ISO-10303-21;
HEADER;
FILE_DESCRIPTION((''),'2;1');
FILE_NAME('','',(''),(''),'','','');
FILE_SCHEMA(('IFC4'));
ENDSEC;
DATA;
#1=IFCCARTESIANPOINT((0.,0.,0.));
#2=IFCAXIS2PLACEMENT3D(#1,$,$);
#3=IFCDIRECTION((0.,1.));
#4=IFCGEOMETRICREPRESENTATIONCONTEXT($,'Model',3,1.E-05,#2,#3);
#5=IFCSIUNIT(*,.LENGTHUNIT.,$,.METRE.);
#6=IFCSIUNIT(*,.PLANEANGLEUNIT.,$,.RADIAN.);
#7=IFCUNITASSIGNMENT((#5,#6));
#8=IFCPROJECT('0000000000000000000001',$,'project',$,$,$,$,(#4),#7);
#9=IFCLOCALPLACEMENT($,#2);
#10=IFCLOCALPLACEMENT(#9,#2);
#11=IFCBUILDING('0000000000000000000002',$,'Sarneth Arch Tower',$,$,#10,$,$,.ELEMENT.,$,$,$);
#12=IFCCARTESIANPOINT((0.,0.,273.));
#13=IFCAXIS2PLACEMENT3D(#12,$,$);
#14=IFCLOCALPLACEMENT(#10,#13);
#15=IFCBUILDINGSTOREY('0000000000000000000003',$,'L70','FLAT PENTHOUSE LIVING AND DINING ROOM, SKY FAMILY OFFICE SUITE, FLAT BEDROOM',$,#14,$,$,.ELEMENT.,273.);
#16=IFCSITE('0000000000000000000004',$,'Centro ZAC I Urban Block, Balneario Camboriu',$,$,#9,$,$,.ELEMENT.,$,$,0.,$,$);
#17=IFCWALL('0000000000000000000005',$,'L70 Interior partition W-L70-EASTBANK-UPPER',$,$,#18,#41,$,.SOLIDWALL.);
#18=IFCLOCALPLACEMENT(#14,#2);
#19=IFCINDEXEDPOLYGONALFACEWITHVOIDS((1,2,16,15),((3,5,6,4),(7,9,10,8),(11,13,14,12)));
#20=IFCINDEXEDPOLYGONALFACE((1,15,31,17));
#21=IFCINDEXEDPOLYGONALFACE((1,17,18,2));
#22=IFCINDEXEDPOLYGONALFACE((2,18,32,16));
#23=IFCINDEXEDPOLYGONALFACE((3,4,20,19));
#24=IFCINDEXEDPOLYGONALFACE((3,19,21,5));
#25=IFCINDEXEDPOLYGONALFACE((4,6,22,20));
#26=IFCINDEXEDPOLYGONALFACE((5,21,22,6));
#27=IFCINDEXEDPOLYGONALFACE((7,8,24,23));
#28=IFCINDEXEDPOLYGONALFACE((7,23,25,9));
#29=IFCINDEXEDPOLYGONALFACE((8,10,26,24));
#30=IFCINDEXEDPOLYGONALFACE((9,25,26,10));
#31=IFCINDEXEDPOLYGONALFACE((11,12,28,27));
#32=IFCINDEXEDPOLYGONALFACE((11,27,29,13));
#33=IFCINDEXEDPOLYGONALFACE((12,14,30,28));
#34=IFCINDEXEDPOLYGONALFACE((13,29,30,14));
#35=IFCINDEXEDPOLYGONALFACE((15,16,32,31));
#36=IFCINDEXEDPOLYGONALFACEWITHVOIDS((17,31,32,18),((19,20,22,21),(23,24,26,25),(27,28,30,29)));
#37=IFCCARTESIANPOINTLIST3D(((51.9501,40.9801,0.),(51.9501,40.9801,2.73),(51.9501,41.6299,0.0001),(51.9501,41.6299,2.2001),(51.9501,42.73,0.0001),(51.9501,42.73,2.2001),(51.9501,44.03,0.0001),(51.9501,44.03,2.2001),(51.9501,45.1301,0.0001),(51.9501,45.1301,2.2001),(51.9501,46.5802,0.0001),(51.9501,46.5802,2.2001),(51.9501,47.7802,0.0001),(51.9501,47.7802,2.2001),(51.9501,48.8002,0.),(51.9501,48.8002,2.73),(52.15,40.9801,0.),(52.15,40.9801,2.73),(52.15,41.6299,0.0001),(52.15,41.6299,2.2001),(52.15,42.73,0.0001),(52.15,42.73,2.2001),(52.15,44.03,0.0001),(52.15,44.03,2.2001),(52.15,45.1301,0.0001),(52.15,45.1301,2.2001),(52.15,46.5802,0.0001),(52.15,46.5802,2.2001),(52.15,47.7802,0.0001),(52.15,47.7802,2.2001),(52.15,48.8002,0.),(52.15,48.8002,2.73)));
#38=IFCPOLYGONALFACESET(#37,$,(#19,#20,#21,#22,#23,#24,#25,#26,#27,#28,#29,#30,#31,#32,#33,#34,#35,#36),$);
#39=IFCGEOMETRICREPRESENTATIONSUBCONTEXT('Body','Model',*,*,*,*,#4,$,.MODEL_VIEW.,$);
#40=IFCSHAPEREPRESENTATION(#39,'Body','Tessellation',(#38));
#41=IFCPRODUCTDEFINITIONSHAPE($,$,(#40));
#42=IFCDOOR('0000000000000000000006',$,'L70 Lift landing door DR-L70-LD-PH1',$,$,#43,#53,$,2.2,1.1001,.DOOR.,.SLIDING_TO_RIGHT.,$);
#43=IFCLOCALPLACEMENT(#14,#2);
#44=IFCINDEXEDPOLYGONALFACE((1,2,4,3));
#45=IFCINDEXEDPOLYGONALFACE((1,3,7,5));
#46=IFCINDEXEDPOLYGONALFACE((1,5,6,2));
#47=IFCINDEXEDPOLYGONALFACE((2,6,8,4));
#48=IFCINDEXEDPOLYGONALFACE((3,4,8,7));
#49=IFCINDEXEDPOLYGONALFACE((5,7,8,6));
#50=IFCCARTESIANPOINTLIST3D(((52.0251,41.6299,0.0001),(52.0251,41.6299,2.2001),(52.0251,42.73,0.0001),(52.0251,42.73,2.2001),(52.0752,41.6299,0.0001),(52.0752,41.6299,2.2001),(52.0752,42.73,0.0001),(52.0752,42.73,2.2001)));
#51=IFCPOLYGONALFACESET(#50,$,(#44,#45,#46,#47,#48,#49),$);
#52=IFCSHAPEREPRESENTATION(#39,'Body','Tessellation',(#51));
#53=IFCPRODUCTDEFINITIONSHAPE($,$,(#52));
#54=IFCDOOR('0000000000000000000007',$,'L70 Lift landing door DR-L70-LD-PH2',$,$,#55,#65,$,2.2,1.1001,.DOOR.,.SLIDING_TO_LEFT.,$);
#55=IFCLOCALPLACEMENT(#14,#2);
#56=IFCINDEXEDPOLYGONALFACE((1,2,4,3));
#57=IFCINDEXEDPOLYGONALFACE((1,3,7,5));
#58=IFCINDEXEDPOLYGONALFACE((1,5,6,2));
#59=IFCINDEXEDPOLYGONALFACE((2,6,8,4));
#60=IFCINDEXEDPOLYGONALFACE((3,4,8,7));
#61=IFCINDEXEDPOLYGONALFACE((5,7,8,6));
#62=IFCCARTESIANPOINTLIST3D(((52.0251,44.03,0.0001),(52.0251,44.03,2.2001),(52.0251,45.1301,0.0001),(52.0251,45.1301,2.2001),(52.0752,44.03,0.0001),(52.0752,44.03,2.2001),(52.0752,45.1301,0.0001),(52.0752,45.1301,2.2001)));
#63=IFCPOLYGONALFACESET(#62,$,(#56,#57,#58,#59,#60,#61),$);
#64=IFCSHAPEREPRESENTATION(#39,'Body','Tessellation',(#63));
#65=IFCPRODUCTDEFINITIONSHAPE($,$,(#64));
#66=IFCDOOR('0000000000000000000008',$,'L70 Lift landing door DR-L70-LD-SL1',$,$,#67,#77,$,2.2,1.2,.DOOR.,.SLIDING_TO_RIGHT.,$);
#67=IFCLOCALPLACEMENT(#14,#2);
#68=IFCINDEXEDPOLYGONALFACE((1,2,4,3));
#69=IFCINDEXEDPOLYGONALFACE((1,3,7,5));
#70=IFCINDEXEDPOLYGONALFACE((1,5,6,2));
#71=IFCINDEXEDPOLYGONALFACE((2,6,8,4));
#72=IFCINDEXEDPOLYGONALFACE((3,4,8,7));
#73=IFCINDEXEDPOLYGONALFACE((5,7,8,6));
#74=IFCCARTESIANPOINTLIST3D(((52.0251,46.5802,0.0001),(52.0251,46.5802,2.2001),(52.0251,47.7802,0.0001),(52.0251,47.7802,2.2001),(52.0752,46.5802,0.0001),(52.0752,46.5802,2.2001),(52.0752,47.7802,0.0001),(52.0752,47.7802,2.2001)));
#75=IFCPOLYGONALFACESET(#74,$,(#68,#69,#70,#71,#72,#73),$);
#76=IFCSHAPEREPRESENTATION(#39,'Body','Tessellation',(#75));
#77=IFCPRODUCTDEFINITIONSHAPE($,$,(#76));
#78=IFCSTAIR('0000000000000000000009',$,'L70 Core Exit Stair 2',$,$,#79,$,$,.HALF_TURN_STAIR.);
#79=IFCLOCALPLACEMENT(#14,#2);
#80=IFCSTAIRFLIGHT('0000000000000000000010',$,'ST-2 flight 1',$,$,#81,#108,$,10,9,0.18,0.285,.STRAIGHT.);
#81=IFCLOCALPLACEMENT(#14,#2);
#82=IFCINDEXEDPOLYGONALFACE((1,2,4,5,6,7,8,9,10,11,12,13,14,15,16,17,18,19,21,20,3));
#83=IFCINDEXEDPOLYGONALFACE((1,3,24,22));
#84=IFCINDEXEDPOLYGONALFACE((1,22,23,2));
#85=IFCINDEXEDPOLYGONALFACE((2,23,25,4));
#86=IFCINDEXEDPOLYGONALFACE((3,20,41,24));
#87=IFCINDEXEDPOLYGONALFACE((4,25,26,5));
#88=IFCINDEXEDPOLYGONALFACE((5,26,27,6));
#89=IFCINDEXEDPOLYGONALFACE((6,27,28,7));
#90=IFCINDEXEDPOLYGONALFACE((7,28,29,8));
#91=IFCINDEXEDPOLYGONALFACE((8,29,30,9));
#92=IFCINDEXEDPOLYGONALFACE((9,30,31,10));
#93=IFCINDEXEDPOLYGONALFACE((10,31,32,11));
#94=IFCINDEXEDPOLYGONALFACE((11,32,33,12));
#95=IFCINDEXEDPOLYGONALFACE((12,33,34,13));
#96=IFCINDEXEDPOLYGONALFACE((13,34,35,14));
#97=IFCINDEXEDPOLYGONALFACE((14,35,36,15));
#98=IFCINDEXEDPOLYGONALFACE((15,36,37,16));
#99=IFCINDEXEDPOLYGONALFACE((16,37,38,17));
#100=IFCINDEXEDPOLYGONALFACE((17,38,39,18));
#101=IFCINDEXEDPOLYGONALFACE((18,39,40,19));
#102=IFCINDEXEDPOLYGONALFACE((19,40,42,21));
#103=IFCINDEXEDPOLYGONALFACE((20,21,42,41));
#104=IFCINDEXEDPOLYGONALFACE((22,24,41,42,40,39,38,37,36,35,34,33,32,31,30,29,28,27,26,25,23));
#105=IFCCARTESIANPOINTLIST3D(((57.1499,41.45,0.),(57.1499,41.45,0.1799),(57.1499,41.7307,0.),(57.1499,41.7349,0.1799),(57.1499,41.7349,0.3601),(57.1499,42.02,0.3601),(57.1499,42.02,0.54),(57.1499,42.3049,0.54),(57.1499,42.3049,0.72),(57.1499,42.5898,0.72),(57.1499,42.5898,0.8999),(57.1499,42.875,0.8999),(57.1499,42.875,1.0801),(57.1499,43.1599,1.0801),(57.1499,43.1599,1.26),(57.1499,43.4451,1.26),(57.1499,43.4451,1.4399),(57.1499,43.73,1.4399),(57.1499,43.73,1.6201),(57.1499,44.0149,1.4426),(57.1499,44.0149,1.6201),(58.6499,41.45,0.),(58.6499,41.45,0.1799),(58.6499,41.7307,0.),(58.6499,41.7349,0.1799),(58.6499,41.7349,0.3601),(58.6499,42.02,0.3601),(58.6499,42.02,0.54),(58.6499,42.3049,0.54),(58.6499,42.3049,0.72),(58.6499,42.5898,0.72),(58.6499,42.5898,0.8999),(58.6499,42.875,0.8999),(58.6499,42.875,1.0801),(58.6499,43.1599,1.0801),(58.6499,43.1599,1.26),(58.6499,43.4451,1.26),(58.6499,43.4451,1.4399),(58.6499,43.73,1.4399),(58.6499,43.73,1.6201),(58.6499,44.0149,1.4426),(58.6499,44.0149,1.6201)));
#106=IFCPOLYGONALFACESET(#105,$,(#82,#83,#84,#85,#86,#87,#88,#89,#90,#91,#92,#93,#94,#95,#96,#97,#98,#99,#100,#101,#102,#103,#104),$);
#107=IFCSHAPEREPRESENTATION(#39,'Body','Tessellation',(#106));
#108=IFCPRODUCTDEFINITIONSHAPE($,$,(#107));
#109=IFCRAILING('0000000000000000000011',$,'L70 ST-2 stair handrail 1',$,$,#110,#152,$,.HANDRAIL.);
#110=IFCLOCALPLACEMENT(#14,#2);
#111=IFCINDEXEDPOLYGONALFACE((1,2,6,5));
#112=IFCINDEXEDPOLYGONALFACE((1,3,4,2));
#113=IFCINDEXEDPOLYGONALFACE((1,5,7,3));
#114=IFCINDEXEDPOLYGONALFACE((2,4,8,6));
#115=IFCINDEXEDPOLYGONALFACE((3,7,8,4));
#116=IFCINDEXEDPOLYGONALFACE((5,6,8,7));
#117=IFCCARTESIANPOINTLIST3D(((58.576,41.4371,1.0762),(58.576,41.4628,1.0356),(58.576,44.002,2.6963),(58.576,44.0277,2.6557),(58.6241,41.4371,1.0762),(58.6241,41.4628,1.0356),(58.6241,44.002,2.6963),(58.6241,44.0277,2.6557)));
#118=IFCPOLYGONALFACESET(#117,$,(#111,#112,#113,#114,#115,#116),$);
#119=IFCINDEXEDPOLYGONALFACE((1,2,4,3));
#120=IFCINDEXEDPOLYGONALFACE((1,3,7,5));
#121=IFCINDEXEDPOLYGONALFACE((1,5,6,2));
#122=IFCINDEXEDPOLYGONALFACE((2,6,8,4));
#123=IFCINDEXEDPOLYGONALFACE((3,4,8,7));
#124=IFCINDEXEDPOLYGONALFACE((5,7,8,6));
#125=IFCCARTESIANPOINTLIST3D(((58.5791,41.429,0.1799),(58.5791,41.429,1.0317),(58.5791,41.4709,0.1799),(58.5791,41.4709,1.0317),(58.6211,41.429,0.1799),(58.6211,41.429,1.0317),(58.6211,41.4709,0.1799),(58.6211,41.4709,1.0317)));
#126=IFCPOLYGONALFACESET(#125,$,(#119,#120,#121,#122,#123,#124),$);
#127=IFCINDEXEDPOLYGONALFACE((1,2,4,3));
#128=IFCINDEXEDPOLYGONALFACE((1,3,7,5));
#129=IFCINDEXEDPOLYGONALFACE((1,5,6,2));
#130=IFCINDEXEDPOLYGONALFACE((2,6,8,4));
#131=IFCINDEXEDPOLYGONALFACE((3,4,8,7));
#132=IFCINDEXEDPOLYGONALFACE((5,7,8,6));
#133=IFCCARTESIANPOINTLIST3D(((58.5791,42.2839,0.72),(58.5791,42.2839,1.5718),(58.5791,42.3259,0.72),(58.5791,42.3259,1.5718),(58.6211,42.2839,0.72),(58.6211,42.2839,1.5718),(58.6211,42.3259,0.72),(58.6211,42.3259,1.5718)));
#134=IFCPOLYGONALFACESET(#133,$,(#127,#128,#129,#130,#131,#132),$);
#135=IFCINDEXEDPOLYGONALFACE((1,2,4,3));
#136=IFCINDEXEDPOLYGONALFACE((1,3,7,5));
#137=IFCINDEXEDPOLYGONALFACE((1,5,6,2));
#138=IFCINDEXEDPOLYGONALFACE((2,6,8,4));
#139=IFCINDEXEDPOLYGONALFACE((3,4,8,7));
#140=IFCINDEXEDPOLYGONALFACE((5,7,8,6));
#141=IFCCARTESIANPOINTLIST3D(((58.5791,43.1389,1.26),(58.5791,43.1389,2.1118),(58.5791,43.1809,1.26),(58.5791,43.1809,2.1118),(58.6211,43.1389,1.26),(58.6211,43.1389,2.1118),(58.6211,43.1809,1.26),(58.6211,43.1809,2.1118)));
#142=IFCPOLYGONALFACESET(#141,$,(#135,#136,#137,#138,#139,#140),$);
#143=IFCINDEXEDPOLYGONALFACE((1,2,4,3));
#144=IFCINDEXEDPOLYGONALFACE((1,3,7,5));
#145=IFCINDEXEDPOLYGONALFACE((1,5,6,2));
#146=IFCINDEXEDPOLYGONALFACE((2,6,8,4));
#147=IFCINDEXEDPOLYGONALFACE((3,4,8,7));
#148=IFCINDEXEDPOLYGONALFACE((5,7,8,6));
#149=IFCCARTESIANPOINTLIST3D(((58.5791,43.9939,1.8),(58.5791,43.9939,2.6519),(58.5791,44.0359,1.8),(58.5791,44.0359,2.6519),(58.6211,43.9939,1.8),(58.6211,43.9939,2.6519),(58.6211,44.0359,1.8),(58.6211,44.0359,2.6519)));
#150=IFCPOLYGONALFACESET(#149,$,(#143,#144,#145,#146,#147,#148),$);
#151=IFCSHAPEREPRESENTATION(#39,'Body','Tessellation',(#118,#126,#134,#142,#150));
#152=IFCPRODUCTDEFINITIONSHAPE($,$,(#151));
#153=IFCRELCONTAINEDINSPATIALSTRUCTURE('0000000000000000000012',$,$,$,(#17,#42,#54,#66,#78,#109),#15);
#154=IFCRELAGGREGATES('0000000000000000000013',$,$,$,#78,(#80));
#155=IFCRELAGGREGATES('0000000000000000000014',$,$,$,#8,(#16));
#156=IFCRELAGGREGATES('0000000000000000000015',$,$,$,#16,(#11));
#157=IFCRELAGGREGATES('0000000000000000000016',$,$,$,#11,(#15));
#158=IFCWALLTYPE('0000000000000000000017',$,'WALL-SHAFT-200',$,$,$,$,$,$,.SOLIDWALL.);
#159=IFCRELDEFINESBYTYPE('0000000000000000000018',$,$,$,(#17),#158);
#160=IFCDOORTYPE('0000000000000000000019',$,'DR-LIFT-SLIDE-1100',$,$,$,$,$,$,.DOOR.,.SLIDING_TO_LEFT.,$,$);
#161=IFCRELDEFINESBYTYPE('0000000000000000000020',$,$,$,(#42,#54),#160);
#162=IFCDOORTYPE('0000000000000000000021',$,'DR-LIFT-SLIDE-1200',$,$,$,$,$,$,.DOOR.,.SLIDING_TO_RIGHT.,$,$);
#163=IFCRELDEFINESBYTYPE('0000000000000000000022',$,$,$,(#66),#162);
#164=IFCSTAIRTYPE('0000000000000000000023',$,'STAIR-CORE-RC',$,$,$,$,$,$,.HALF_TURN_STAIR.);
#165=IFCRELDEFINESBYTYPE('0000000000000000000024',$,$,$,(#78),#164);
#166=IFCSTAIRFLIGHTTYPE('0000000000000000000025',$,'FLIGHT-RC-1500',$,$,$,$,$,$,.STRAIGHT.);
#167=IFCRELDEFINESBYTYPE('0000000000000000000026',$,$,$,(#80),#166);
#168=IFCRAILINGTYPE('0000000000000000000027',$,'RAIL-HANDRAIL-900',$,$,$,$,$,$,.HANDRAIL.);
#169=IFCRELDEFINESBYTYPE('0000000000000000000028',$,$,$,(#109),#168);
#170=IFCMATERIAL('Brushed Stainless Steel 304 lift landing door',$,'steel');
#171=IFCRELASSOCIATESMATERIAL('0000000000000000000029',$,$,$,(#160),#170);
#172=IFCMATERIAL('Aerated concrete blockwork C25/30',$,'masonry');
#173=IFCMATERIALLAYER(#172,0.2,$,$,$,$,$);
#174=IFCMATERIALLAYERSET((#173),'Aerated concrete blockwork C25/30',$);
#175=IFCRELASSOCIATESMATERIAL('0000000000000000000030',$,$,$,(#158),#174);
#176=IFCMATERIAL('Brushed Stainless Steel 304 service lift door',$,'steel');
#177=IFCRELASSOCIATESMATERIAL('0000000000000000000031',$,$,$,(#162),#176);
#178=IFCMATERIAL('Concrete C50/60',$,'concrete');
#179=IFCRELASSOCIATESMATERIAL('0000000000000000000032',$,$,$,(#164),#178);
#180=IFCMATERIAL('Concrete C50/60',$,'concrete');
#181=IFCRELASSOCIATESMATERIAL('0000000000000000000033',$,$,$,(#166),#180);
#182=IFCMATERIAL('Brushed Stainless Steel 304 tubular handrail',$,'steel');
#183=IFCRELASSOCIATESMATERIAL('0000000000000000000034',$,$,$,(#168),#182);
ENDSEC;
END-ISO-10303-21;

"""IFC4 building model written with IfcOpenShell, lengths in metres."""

from ifc_helpers import new_model, si_unit, direction, frame, frame_2d, origin, origin_2d, place, context, subcontext, project, spatial, polyline, rectangle, outline, extrude, material, layer, layer_set, type_object, element, fill, aggregate, save


model = new_model("IFC4")

# Units and contexts
model_context = context("Model", 3, precision=1e-05, world=origin(), true_north=direction((0.0, 1.0)))
body_context = subcontext(model_context, "Body", "Model", "MODEL_VIEW")
ifc_project = project(units=[si_unit("LENGTHUNIT", "METRE"), si_unit("PLANEANGLEUNIT", "RADIAN")], contexts=[model_context])

# Site, building, storey
site_placement = place(None, origin())
site = spatial("IfcSite", under=ifc_project, at=site_placement, Name="Centro ZAC I Urban Block, Balneario Camboriu", CompositionType="ELEMENT", RefElevation=0.0)
building_placement = place(site_placement, origin())
building = spatial("IfcBuilding", under=site, at=building_placement, Name="Sarneth Arch Tower", CompositionType="ELEMENT")
storey_placement = place(building_placement, frame((0.0, 0.0, 273.0)))
storey = spatial("IfcBuildingStorey", under=building, at=storey_placement, Name="L70", Description="FLAT PENTHOUSE LIVING AND DINING ROOM, SKY FAMILY OFFICE SUITE, FLAT BEDROOM", CompositionType="ELEMENT", Elevation=273.0)

# Shared definitions
ifc_material_1 = material(Name="Brushed Stainless Steel 304 lift landing door", Category="steel")
door_type_1 = type_object("IfcDoorType", Name="DR-LIFT-SLIDE-1100", OperationType="SLIDING_TO_LEFT", PredefinedType="DOOR", material=ifc_material_1)

# Shared definitions
ifc_material_2 = material(Name="Aerated concrete blockwork C25/30", Category="masonry")
ifc_layer_1 = layer(ifc_material_2, 0.2)
ifc_layer_set_1 = layer_set([ifc_layer_1], Name="Aerated concrete blockwork C25/30")
wall_type_1 = type_object("IfcWallType", Name="WALL-SHAFT-200", PredefinedType="SOLIDWALL", material=ifc_layer_set_1)

# Wall, openings, doors
wall_1_placement = place(storey_placement, frame((52.05, 40.98, 0.0), z_axis=(0.0, 0.0, 1.0), x_axis=(0.0, 1.0, 0.0)))
wall_1 = element("IfcWall", 1, at=wall_1_placement, inside=storey, type_object=wall_type_1, Name="L70 Interior partition W-L70-EASTBANK-UPPER", PredefinedType="SOLIDWALL", context=body_context, shape_type="SweptSolid", body=[
    extrude(rectangle(XDim=7.8201, YDim=0.2, at=frame_2d((3.9102, 0.0))), origin(), (0.0, 0.0, 1.0), 2.73),
])
opening_1_placement = place(wall_1_placement, frame((0.6499, 0.0, 0.0)))
opening_1 = element("IfcOpeningElement", 2, at=opening_1_placement, cuts=wall_1, PredefinedType="OPENING", context=body_context, shape_type="SweptSolid", body=[
    extrude(rectangle(XDim=1.1001, YDim=2.2, at=frame_2d((0.55, 1.1001))), frame((0.0, 0.1099, 0.0), z_axis=(0.0, -1.0, 0.0), x_axis=(1.0, 0.0, 0.0)), (0.0, 0.0, 1.0), 0.22),
])
opening_2_placement = place(wall_1_placement, frame((3.05, 0.0, 0.0)))
opening_2 = element("IfcOpeningElement", 3, at=opening_2_placement, cuts=wall_1, PredefinedType="OPENING", context=body_context, shape_type="SweptSolid", body=[
    extrude(rectangle(XDim=1.1001, YDim=2.2, at=frame_2d((0.55, 1.1001))), frame((0.0, 0.1099, 0.0), z_axis=(0.0, -1.0, 0.0), x_axis=(1.0, 0.0, 0.0)), (0.0, 0.0, 1.0), 0.22),
])
opening_3_placement = place(wall_1_placement, frame((5.6001, 0.0, 0.0)))
opening_3 = element("IfcOpeningElement", 4, at=opening_3_placement, cuts=wall_1, PredefinedType="OPENING", context=body_context, shape_type="SweptSolid", body=[
    extrude(rectangle(XDim=1.2, YDim=2.2, at=frame_2d((0.6001, 1.1001))), frame((0.0, 0.1099, 0.0), z_axis=(0.0, -1.0, 0.0), x_axis=(1.0, 0.0, 0.0)), (0.0, 0.0, 1.0), 0.22),
])
door_1_placement = place(opening_1_placement, origin())
door_1 = element("IfcDoor", 5, at=door_1_placement, inside=storey, type_object=door_type_1, Name="L70 Lift landing door DR-L70-LD-PH1", OperationType="SLIDING_TO_RIGHT", OverallHeight=2.2, OverallWidth=1.1001, PredefinedType="DOOR", context=body_context, shape_type="SweptSolid", body=[
    extrude(rectangle(XDim=1.1001, YDim=2.2, at=frame_2d((0.55, 1.1001))), frame((0.0, 0.0249, 0.0), z_axis=(0.0, -1.0, 0.0), x_axis=(1.0, 0.0, 0.0)), (0.0, 0.0, 1.0), 0.05),
])
fill(opening_1, door_1)
door_2_placement = place(opening_2_placement, origin())
door_2 = element("IfcDoor", 6, at=door_2_placement, inside=storey, type_object=door_type_1, Name="L70 Lift landing door DR-L70-LD-PH2", OperationType="SLIDING_TO_LEFT", OverallHeight=2.2, OverallWidth=1.1001, PredefinedType="DOOR", context=body_context, shape_type="SweptSolid", body=[
    extrude(rectangle(XDim=1.1001, YDim=2.2, at=frame_2d((0.55, 1.1001))), frame((0.0, 0.0249, 0.0), z_axis=(0.0, -1.0, 0.0), x_axis=(1.0, 0.0, 0.0)), (0.0, 0.0, 1.0), 0.05),
])
fill(opening_2, door_2)
ifc_material_3 = material(Name="Brushed Stainless Steel 304 service lift door", Category="steel")
door_type_2 = type_object("IfcDoorType", Name="DR-LIFT-SLIDE-1200", OperationType="SLIDING_TO_RIGHT", PredefinedType="DOOR", material=ifc_material_3)
door_3_placement = place(opening_3_placement, origin())
door_3 = element("IfcDoor", 7, at=door_3_placement, inside=storey, type_object=door_type_2, Name="L70 Lift landing door DR-L70-LD-SL1", OperationType="SLIDING_TO_RIGHT", OverallHeight=2.2, OverallWidth=1.2, PredefinedType="DOOR", context=body_context, shape_type="SweptSolid", body=[
    extrude(rectangle(XDim=1.2, YDim=2.2, at=frame_2d((0.6001, 1.1001))), frame((0.0, 0.0249, 0.0), z_axis=(0.0, -1.0, 0.0), x_axis=(1.0, 0.0, 0.0)), (0.0, 0.0, 1.0), 0.05),
])
fill(opening_3, door_3)

# Stair, stair flight
ifc_material_4 = material(Name="Concrete C50/60", Category="concrete")
stair_type = type_object("IfcStairType", Name="STAIR-CORE-RC", PredefinedType="HALF_TURN_STAIR", material=ifc_material_4)
stair_placement = place(storey_placement, origin())
stair = element("IfcStair", 8, at=stair_placement, inside=storey, type_object=stair_type, Name="L70 Core Exit Stair 2", PredefinedType="HALF_TURN_STAIR")
ifc_material_5 = material(Name="Concrete C50/60", Category="concrete")
stair_flight_type = type_object("IfcStairFlightType", Name="FLIGHT-RC-1500", PredefinedType="STRAIGHT", material=ifc_material_5)
stair_flight_placement = place(storey_placement, frame((57.8999, 41.45, 0.0), z_axis=(0.0, 0.0, 1.0), x_axis=(0.0, 1.0, 0.0)))
stair_flight = element("IfcStairFlight", 9, at=stair_flight_placement, type_object=stair_flight_type, Name="ST-2 flight 1", NumberOfRisers=10, NumberOfTreads=9, PredefinedType="STRAIGHT", RiserHeight=0.18, TreadLength=0.285, context=body_context, shape_type="SweptSolid", body=[
    extrude(outline(polyline([(0.0, 0.0), (0.0, 0.1799), (0.2849, 0.1799), (0.2849, 0.3601), (0.5701, 0.3601), (0.5701, 0.54), (0.855, 0.54), (0.855, 0.72), (1.1399, 0.72), (1.1399, 0.8999), (1.425, 0.8999), (1.425, 1.0801), (1.71, 1.0801), (1.71, 1.26), (1.9951, 1.26), (1.9951, 1.4399), (2.28, 1.4399), (2.28, 1.6201), (2.5649, 1.6201), (2.5649, 1.8), (2.5649, 1.4426), (0.2808, 0.0), (0.0, 0.0)])), frame((0.0, 0.75, 0.0), z_axis=(0.0, -1.0, 0.0), x_axis=(1.0, 0.0, 0.0)), (0.0, 0.0, 1.0), 1.5),
])
aggregate(stair, [stair_flight])

# Railing
ifc_material_6 = material(Name="Brushed Stainless Steel 304 tubular handrail", Category="steel")
railing_type_1 = type_object("IfcRailingType", Name="RAIL-HANDRAIL-900", PredefinedType="HANDRAIL", material=ifc_material_6)
railing_1_placement = place(storey_placement, frame((58.6001, 41.45, 0.1799)))
element("IfcRailing", 10, at=railing_1_placement, inside=storey, type_object=railing_type_1, Name="L70 ST-2 stair handrail 1", PredefinedType="HANDRAIL", context=body_context, shape_type="SweptSolid", body=[
    extrude(rectangle(XDim=0.0481, YDim=0.0481, at=origin_2d()), frame((0.0, 0.0, 0.876), z_axis=(0.0, 0.845466, 0.534029), x_axis=(-1.0, 0.0, 0.0)), (0.0, 0.0, 1.0), 3.0337),
    extrude(rectangle(XDim=0.042, YDim=0.042, at=origin_2d()), origin(), (0.0, 0.0, 1.0), 0.8518),
    extrude(rectangle(XDim=0.042, YDim=0.042, at=origin_2d()), frame((0.0, 0.855, 0.54)), (0.0, 0.0, 1.0), 0.8518),
    extrude(rectangle(XDim=0.042, YDim=0.042, at=origin_2d()), frame((0.0, 1.71, 1.0801)), (0.0, 0.0, 1.0), 0.8518),
    extrude(rectangle(XDim=0.042, YDim=0.042, at=origin_2d()), frame((0.0, 2.5649, 1.6201)), (0.0, 0.0, 1.0), 0.8518),
])

save(model, "model.ifc")
